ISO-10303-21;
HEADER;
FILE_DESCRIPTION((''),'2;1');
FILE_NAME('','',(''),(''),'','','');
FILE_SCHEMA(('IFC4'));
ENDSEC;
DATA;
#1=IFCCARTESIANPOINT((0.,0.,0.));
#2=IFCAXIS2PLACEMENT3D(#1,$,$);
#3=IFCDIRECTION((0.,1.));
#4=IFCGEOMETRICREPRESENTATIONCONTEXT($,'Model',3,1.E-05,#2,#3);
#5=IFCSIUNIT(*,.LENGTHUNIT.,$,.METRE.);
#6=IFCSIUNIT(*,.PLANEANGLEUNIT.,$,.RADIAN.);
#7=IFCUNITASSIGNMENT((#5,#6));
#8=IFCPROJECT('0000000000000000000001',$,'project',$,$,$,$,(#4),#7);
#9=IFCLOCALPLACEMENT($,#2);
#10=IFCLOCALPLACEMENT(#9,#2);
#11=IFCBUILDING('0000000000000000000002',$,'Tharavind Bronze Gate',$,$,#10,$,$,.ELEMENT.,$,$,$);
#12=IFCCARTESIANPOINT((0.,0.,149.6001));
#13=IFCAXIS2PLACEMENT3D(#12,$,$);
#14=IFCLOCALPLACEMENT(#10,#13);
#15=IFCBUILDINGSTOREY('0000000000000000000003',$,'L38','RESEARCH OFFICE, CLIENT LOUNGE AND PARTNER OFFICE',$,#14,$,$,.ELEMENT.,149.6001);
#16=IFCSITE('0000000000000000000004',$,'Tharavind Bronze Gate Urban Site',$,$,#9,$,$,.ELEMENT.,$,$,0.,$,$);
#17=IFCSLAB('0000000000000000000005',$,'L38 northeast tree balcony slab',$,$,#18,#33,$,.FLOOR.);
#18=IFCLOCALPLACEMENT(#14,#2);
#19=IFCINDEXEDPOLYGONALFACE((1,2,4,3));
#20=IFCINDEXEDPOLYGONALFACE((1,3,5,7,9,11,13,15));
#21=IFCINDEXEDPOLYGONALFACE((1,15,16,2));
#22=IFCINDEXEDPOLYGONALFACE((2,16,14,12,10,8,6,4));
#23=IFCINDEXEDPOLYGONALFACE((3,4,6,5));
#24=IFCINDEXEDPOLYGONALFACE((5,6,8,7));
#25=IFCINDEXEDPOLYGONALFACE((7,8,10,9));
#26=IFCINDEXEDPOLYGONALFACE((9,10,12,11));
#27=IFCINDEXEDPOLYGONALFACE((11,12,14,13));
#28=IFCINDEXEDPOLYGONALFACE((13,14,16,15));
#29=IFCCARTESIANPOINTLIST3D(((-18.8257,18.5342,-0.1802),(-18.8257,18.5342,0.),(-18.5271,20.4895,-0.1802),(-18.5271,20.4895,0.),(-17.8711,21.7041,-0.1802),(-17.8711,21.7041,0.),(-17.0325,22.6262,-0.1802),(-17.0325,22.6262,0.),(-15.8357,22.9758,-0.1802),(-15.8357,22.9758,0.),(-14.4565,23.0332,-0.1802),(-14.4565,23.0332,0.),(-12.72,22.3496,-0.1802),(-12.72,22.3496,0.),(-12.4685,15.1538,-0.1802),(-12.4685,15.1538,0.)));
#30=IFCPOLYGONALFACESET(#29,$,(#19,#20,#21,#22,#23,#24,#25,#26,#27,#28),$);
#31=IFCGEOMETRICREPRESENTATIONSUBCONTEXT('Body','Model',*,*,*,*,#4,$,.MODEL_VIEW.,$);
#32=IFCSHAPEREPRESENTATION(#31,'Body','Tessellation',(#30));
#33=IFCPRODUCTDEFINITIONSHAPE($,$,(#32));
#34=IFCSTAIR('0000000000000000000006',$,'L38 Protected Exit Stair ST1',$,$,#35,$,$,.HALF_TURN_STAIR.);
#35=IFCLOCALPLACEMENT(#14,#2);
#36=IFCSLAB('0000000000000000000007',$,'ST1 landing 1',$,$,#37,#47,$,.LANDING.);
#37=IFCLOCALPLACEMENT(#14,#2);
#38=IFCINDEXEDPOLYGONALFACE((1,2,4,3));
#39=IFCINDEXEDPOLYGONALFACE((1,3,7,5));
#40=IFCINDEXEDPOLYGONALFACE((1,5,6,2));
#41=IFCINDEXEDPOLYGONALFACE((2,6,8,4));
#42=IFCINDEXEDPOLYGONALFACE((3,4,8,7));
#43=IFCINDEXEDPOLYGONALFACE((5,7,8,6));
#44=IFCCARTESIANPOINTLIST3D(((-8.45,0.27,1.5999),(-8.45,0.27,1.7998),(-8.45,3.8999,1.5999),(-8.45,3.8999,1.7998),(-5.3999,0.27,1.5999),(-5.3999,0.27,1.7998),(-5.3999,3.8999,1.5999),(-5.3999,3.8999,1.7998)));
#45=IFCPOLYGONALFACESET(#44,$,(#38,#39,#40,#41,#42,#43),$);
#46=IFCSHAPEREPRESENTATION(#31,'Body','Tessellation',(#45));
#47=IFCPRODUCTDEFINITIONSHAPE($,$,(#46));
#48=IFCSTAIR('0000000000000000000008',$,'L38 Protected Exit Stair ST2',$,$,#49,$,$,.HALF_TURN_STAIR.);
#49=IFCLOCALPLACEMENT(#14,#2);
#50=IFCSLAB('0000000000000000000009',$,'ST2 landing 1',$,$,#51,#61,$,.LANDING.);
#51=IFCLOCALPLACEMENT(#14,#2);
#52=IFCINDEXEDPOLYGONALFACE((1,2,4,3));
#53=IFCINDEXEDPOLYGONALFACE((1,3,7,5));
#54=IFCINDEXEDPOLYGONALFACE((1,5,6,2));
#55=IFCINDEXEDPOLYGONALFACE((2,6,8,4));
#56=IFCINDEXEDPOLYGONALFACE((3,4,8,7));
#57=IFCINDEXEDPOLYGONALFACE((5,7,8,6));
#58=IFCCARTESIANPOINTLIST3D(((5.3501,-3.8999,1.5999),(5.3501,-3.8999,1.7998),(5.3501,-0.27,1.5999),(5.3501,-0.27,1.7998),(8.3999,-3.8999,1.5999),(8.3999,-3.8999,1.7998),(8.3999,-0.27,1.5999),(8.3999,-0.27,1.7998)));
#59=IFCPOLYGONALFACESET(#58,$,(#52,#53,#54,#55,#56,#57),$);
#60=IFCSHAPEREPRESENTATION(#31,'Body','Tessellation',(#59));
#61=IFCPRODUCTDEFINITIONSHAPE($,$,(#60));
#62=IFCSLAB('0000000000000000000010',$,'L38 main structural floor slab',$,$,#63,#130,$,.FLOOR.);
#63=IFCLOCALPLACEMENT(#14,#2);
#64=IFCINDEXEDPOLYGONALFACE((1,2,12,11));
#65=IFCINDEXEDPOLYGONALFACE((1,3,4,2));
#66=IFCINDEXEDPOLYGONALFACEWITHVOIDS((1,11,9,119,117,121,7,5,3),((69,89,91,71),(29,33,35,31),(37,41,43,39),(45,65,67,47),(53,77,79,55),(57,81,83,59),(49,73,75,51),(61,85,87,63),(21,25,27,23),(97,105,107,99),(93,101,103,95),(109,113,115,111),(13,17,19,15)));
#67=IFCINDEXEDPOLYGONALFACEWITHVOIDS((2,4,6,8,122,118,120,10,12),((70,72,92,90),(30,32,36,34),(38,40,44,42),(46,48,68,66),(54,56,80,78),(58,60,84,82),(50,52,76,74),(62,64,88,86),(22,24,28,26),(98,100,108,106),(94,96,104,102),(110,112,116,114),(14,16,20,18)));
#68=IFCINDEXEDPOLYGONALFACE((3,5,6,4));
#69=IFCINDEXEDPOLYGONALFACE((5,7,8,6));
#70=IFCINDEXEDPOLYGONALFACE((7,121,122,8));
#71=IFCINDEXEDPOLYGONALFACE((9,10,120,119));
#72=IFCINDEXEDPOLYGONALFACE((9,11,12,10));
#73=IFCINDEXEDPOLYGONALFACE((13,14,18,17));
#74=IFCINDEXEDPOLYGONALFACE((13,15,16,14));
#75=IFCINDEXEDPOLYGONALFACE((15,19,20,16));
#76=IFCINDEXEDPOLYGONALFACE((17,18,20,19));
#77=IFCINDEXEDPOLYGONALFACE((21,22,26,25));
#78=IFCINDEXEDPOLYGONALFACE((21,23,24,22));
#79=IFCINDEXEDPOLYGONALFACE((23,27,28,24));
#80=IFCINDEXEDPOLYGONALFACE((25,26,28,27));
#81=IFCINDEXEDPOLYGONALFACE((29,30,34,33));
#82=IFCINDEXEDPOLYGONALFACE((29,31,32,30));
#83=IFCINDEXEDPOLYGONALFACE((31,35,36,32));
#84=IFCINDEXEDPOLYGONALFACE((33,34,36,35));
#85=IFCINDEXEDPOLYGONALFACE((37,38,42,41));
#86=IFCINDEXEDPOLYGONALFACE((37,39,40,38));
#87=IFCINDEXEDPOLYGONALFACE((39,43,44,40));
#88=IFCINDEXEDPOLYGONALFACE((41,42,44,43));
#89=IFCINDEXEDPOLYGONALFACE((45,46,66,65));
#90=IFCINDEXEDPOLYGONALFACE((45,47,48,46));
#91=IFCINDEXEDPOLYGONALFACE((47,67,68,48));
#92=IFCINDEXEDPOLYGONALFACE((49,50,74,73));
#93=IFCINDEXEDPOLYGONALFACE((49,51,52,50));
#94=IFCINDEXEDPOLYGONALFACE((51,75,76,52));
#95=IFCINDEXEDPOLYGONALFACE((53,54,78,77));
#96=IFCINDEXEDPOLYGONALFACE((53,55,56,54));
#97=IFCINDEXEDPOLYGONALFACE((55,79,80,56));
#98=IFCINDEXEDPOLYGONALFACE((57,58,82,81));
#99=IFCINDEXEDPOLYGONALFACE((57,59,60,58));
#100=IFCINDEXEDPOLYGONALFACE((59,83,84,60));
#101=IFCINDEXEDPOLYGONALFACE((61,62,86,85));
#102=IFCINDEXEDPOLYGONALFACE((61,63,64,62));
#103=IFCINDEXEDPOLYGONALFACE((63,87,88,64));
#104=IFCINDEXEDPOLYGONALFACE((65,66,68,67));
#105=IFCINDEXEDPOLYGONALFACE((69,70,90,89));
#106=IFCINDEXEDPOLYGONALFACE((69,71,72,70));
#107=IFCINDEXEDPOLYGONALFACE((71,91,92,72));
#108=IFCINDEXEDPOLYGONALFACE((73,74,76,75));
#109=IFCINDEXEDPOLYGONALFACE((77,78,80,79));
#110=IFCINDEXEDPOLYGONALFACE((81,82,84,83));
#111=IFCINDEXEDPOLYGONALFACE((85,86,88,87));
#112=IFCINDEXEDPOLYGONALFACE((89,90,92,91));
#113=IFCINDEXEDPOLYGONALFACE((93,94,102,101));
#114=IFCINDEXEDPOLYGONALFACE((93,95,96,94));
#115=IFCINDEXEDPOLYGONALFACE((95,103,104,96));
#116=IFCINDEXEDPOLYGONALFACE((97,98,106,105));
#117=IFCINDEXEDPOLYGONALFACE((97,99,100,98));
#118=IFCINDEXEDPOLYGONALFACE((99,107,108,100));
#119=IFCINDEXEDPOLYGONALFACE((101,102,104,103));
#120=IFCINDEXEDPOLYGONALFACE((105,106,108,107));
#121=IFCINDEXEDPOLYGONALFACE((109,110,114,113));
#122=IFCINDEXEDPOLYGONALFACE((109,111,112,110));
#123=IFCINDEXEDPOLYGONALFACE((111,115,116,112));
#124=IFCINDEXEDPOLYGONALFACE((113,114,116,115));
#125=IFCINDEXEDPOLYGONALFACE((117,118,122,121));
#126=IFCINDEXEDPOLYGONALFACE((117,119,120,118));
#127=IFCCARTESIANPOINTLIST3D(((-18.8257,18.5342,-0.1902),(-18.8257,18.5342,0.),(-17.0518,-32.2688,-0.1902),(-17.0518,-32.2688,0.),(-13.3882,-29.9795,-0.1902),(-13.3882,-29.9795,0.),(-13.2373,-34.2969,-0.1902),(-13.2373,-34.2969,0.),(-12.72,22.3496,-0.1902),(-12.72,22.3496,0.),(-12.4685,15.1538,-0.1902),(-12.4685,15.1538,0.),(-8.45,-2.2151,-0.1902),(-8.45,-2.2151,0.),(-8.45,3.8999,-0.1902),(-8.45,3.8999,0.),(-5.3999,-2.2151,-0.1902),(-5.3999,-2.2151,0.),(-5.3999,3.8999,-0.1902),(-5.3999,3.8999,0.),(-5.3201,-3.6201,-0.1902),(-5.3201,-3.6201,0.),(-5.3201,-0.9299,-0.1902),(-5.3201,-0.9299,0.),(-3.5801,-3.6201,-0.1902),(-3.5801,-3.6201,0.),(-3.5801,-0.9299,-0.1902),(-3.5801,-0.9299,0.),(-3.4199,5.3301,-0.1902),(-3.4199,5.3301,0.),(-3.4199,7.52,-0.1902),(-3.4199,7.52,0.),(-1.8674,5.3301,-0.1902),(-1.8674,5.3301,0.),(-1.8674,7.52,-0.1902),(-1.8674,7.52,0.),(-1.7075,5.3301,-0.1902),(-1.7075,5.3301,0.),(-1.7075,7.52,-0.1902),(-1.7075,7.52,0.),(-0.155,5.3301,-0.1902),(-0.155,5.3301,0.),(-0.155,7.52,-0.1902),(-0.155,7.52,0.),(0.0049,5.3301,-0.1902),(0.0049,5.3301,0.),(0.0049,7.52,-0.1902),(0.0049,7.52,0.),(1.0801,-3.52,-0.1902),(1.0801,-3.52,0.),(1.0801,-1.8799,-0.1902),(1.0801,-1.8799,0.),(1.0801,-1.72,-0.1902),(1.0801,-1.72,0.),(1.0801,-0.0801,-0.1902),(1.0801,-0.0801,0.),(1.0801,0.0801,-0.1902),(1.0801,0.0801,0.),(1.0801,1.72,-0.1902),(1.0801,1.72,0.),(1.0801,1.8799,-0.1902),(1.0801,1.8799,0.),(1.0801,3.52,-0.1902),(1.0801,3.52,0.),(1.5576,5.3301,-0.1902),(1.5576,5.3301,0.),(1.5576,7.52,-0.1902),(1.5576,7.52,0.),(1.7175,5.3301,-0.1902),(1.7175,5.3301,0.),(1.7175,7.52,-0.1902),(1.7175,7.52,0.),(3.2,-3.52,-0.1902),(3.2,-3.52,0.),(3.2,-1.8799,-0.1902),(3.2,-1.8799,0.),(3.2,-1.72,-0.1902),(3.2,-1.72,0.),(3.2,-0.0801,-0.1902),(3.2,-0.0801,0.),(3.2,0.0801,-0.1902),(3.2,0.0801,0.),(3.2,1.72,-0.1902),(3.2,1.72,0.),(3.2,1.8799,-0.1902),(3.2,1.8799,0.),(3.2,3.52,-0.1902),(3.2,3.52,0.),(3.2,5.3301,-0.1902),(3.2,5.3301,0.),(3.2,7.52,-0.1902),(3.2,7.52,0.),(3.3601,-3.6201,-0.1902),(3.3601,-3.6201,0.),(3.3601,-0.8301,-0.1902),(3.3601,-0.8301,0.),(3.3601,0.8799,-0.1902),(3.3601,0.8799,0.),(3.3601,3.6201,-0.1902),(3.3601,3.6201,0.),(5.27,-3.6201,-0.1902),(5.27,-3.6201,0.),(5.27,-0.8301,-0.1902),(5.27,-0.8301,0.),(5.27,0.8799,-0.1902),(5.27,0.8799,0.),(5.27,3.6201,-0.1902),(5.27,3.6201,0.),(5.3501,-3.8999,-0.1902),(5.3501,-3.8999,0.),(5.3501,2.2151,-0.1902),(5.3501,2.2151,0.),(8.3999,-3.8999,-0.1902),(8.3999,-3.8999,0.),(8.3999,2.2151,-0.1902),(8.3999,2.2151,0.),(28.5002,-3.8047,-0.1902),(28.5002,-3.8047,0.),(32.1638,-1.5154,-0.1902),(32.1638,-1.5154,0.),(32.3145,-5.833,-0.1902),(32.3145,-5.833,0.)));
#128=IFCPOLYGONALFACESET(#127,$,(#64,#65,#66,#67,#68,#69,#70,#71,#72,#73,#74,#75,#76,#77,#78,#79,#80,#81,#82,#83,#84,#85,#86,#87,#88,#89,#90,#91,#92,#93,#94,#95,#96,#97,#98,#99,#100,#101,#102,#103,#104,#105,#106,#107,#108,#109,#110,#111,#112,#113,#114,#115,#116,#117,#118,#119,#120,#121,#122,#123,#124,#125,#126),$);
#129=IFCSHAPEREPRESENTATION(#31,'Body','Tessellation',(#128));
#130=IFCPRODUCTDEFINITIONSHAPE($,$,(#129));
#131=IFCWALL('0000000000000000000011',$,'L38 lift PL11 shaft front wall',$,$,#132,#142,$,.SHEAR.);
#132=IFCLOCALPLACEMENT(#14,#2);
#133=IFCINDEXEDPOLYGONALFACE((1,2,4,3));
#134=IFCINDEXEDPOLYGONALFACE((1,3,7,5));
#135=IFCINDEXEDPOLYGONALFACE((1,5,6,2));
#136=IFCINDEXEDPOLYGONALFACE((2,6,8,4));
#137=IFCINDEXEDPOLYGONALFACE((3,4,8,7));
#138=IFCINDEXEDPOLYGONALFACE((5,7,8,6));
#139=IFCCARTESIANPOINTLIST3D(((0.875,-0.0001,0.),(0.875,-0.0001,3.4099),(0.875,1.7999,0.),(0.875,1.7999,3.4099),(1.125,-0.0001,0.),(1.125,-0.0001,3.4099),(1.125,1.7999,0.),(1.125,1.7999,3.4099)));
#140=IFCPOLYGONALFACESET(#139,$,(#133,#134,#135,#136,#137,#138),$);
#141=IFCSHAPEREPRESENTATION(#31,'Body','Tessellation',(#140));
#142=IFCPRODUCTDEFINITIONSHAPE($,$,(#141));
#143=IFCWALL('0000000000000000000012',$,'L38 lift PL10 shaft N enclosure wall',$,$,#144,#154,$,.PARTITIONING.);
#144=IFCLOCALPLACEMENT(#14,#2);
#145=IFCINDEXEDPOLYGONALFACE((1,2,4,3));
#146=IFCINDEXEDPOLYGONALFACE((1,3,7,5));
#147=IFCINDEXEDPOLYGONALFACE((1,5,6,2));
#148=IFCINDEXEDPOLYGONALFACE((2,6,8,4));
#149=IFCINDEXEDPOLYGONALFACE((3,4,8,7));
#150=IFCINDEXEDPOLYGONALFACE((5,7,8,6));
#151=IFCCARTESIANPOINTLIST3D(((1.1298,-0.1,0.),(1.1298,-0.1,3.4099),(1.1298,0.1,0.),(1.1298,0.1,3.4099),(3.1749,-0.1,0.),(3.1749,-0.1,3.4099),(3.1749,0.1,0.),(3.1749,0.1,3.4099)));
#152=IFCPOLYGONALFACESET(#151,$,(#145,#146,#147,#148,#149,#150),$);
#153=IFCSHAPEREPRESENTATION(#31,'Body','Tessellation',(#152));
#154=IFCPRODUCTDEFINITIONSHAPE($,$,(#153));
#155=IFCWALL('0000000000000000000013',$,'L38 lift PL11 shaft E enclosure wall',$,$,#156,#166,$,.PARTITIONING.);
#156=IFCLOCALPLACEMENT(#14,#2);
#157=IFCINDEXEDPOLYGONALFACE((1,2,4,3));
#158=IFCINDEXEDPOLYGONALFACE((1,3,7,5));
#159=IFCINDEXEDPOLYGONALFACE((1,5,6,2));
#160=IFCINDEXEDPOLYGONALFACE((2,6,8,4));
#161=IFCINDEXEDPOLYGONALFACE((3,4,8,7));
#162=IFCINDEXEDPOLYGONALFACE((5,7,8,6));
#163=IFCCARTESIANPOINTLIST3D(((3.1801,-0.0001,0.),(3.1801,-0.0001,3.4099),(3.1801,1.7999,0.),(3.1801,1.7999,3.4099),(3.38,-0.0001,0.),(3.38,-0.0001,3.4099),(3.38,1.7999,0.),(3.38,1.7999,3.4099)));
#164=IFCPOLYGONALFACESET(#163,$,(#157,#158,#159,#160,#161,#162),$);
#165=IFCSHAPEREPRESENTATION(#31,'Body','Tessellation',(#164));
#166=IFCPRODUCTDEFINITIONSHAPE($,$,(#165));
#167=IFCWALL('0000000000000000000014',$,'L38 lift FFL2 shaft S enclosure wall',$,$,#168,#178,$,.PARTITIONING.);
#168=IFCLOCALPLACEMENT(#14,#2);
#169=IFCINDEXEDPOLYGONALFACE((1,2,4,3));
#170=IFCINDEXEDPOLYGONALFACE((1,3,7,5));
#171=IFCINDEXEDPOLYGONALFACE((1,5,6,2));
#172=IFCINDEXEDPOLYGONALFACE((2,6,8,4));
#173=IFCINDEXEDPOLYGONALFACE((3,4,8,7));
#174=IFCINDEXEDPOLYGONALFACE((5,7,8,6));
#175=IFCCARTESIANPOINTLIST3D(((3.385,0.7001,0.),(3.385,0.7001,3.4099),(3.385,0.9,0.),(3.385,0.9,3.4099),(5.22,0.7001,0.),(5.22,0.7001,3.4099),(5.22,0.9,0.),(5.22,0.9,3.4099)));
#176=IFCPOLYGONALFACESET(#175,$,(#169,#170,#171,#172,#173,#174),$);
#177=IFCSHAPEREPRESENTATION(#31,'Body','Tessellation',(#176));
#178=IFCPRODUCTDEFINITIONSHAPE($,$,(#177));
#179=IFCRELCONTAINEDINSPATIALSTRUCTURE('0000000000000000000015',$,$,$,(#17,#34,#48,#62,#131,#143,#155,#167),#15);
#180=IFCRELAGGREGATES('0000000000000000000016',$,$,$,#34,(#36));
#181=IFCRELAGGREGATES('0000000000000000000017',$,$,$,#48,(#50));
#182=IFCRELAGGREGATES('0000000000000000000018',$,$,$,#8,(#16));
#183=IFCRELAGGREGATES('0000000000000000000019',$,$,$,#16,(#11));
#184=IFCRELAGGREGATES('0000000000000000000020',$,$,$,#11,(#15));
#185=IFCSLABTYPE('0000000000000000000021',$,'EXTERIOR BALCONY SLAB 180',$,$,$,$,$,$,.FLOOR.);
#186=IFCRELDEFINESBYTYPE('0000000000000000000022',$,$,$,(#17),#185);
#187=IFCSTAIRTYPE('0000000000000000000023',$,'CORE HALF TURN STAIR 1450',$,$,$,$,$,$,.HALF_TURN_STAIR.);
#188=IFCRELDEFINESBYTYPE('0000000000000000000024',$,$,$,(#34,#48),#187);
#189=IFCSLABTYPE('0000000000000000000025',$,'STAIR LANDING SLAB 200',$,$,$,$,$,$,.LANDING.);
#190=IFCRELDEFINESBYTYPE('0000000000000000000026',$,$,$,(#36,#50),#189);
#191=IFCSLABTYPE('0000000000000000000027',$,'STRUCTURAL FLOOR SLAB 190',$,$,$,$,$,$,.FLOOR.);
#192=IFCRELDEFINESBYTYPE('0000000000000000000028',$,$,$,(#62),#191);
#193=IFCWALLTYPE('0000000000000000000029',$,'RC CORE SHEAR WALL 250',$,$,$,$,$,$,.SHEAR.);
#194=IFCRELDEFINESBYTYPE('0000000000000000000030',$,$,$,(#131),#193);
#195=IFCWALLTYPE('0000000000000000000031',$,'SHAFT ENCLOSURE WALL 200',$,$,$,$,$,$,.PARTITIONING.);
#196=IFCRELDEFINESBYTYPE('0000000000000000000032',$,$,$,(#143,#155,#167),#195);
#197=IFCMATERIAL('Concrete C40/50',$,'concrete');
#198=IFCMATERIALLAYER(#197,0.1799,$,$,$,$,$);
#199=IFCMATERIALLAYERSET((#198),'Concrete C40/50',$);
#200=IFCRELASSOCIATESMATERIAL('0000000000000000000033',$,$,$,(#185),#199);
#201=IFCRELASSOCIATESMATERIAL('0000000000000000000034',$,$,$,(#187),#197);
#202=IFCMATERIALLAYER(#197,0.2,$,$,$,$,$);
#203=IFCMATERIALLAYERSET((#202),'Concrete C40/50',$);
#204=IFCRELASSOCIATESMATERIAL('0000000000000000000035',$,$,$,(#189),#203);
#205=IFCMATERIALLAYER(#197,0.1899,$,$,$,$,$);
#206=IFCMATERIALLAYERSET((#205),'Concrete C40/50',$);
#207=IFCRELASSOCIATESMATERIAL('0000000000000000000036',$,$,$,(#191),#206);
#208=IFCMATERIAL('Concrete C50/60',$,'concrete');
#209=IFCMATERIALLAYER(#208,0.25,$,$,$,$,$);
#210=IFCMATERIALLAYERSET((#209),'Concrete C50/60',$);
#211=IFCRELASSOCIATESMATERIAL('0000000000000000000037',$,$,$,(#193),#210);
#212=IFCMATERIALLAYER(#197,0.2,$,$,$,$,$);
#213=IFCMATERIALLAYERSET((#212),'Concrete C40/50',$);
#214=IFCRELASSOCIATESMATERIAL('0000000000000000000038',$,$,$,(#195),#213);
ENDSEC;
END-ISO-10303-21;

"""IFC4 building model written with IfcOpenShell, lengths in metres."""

from ifc_helpers import new_model, si_unit, direction, frame, frame_2d, origin, place, context, subcontext, project, spatial, polyline, rectangle, outline, extrude, material, layer, layer_set, type_object, element, aggregate, save


model = new_model("IFC4")

# Units and contexts
model_context = context("Model", 3, precision=1e-05, world=origin(), true_north=direction((0.0, 1.0)))
body_context = subcontext(model_context, "Body", "Model", "MODEL_VIEW")
ifc_project = project(units=[si_unit("LENGTHUNIT", "METRE"), si_unit("PLANEANGLEUNIT", "RADIAN")], contexts=[model_context])

# Site, building, storey
site_placement = place(None, origin())
site = spatial("IfcSite", under=ifc_project, at=site_placement, Name="Tharavind Bronze Gate Urban Site", CompositionType="ELEMENT", RefElevation=0.0)
building_placement = place(site_placement, origin())
building = spatial("IfcBuilding", under=site, at=building_placement, Name="Tharavind Bronze Gate", CompositionType="ELEMENT")
storey_placement = place(building_placement, frame((0.0, 0.0, 149.6001)))
storey = spatial("IfcBuildingStorey", under=building, at=storey_placement, Name="L38", Description="RESEARCH OFFICE, CLIENT LOUNGE AND PARTNER OFFICE", CompositionType="ELEMENT", Elevation=149.6001)

# Slab
ifc_material_1 = material(Name="Concrete C40/50", Category="concrete")
ifc_layer_1 = layer(ifc_material_1, 0.1799)
ifc_layer_set_1 = layer_set([ifc_layer_1], Name="Concrete C40/50")
slab_type_1 = type_object("IfcSlabType", Name="EXTERIOR BALCONY SLAB 180", PredefinedType="FLOOR", material=ifc_layer_set_1)
slab_1_placement = place(storey_placement, frame((0.0, 0.0, -0.1802)))
element("IfcSlab", 1, at=slab_1_placement, inside=storey, type_object=slab_type_1, Name="L38 northeast tree balcony slab", PredefinedType="FLOOR", context=body_context, shape_type="SweptSolid", body=[
    extrude(outline(polyline([(-14.4565, 23.0332), (-15.8357, 22.9758), (-17.0325, 22.6262), (-17.8711, 21.7041), (-18.5271, 20.4895), (-18.8257, 18.5342), (-12.4685, 15.1538), (-12.72, 22.3496), (-14.4565, 23.0332)])), origin(), (0.0, 0.0, 1.0), 0.1802),
])

# Stairs, slabs
stair_type = type_object("IfcStairType", Name="CORE HALF TURN STAIR 1450", PredefinedType="HALF_TURN_STAIR", material=ifc_material_1)
stair_1_placement = place(storey_placement, origin())
stair_1 = element("IfcStair", 2, at=stair_1_placement, inside=storey, type_object=stair_type, Name="L38 Protected Exit Stair ST1", PredefinedType="HALF_TURN_STAIR")
ifc_layer_2 = layer(ifc_material_1, 0.2)
ifc_layer_set_2 = layer_set([ifc_layer_2], Name="Concrete C40/50")
slab_type_2 = type_object("IfcSlabType", Name="STAIR LANDING SLAB 200", PredefinedType="LANDING", material=ifc_layer_set_2)
slab_2_placement = place(storey_placement, frame((0.0, 0.0, 1.5999)))
slab_2 = element("IfcSlab", 3, at=slab_2_placement, type_object=slab_type_2, Name="ST1 landing 1", PredefinedType="LANDING", context=body_context, shape_type="SweptSolid", body=[
    extrude(outline(polyline([(-5.3999, 0.27), (-5.3999, 3.8999), (-8.45, 3.8999), (-8.45, 0.27), (-5.3999, 0.27)])), origin(), (0.0, 0.0, 1.0), 0.2),
])
aggregate(stair_1, [slab_2])
stair_2_placement = place(storey_placement, origin())
stair_2 = element("IfcStair", 4, at=stair_2_placement, inside=storey, type_object=stair_type, Name="L38 Protected Exit Stair ST2", PredefinedType="HALF_TURN_STAIR")
slab_3_placement = place(storey_placement, frame((0.0, 0.0, 1.5999)))
slab_3 = element("IfcSlab", 5, at=slab_3_placement, type_object=slab_type_2, Name="ST2 landing 1", PredefinedType="LANDING", context=body_context, shape_type="SweptSolid", body=[
    extrude(outline(polyline([(5.3501, -0.27), (5.3501, -3.8999), (8.3999, -3.8999), (8.3999, -0.27), (5.3501, -0.27)])), origin(), (0.0, 0.0, 1.0), 0.2),
])
aggregate(stair_2, [slab_3])

# Slab
ifc_layer_3 = layer(ifc_material_1, 0.1899)
ifc_layer_set_3 = layer_set([ifc_layer_3], Name="Concrete C40/50")
slab_type_3 = type_object("IfcSlabType", Name="STRUCTURAL FLOOR SLAB 190", PredefinedType="FLOOR", material=ifc_layer_set_3)
slab_4_placement = place(storey_placement, frame((0.0, 0.0, -0.1902)))
element("IfcSlab", 6, at=slab_4_placement, inside=storey, type_object=slab_type_3, Name="L38 main structural floor slab", PredefinedType="FLOOR", context=body_context, shape_type="SweptSolid", body=[
    extrude(outline(polyline([(-12.72, 22.3496), (-12.4685, 15.1538), (-18.8257, 18.5342), (-17.0518, -32.2688), (-13.3882, -29.9795), (-13.2373, -34.2969), (32.3145, -5.833), (28.5002, -3.8047), (32.1638, -1.5154), (-12.72, 22.3496)]), holes=[polyline([(-5.3999, -2.2151), (-5.3999, 3.8999), (-8.45, 3.8999), (-8.45, -2.2151), (-5.3999, -2.2151)]), polyline([(5.3501, 2.2151), (5.3501, -3.8999), (8.3999, -3.8999), (8.3999, 2.2151), (5.3501, 2.2151)]), polyline([(-3.4199, 5.3301), (-1.8674, 5.3301), (-1.8674, 7.52), (-3.4199, 7.52), (-3.4199, 5.3301)]), polyline([(-1.7075, 5.3301), (-0.155, 5.3301), (-0.155, 7.52), (-1.7075, 7.52), (-1.7075, 5.3301)]), polyline([(0.0049, 5.3301), (1.5576, 5.3301), (1.5576, 7.52), (0.0049, 7.52), (0.0049, 5.3301)]), polyline([(1.7175, 5.3301), (3.2, 5.3301), (3.2, 7.52), (1.7175, 7.52), (1.7175, 5.3301)]), polyline([(1.0801, -3.52), (3.2, -3.52), (3.2, -1.8799), (1.0801, -1.8799), (1.0801, -3.52)]), polyline([(1.0801, -1.72), (3.2, -1.72), (3.2, -0.0801), (1.0801, -0.0801), (1.0801, -1.72)]), polyline([(1.0801, 0.0801), (3.2, 0.0801), (3.2, 1.72), (1.0801, 1.72), (1.0801, 0.0801)]), polyline([(1.0801, 1.8799), (3.2, 1.8799), (3.2, 3.52), (1.0801, 3.52), (1.0801, 1.8799)]), polyline([(-5.3201, -3.6201), (-3.5801, -3.6201), (-3.5801, -0.9299), (-5.3201, -0.9299), (-5.3201, -3.6201)]), polyline([(3.3601, 0.8799), (5.27, 0.8799), (5.27, 3.6201), (3.3601, 3.6201), (3.3601, 0.8799)]), polyline([(3.3601, -3.6201), (5.27, -3.6201), (5.27, -0.8301), (3.3601, -0.8301), (3.3601, -3.6201)])]), origin(), (0.0, 0.0, 1.0), 0.1902),
])

# Walls
ifc_material_2 = material(Name="Concrete C50/60", Category="concrete")
ifc_layer_4 = layer(ifc_material_2, 0.25)
ifc_layer_set_4 = layer_set([ifc_layer_4], Name="Concrete C50/60")
wall_type_1 = type_object("IfcWallType", Name="RC CORE SHEAR WALL 250", PredefinedType="SHEAR", material=ifc_layer_set_4)
wall_1_placement = place(storey_placement, frame((1.0, 0.0, 0.0), z_axis=(0.0, 0.0, 1.0), x_axis=(0.0, 1.0, 0.0)))
element("IfcWall", 7, at=wall_1_placement, inside=storey, type_object=wall_type_1, Name="L38 lift PL11 shaft front wall", PredefinedType="SHEAR", context=body_context, shape_type="SweptSolid", body=[
    extrude(rectangle(XDim=1.8, YDim=0.25, at=frame_2d((0.8999, 0.0))), origin(), (0.0, 0.0, 1.0), 3.4099),
])
ifc_layer_5 = layer(ifc_material_1, 0.2)
ifc_layer_set_5 = layer_set([ifc_layer_5], Name="Concrete C40/50")
wall_type_2 = type_object("IfcWallType", Name="SHAFT ENCLOSURE WALL 200", PredefinedType="PARTITIONING", material=ifc_layer_set_5)
wall_2_placement = place(storey_placement, frame((1.1299, 0.0, 0.0), z_axis=(0.0, 0.0, 1.0), x_axis=(1.0, 0.0, 0.0)))
element("IfcWall", 8, at=wall_2_placement, inside=storey, type_object=wall_type_2, Name="L38 lift PL10 shaft N enclosure wall", PredefinedType="PARTITIONING", context=body_context, shape_type="SweptSolid", body=[
    extrude(rectangle(XDim=2.0452, YDim=0.2, at=frame_2d((1.0225, 0.0))), origin(), (0.0, 0.0, 1.0), 3.4099),
])
wall_3_placement = place(storey_placement, frame((3.28, 0.0, 0.0), z_axis=(0.0, 0.0, 1.0), x_axis=(0.0, 1.0, 0.0)))
element("IfcWall", 9, at=wall_3_placement, inside=storey, type_object=wall_type_2, Name="L38 lift PL11 shaft E enclosure wall", PredefinedType="PARTITIONING", context=body_context, shape_type="SweptSolid", body=[
    extrude(rectangle(XDim=1.8, YDim=0.2, at=frame_2d((0.8999, 0.0))), origin(), (0.0, 0.0, 1.0), 3.4099),
])
wall_4_placement = place(storey_placement, frame((3.385, 0.8, 0.0), z_axis=(0.0, 0.0, 1.0), x_axis=(1.0, 0.0, 0.0)))
element("IfcWall", 10, at=wall_4_placement, inside=storey, type_object=wall_type_2, Name="L38 lift FFL2 shaft S enclosure wall", PredefinedType="PARTITIONING", context=body_context, shape_type="SweptSolid", body=[
    extrude(rectangle(XDim=1.835, YDim=0.2, at=frame_2d((0.9175, 0.0))), origin(), (0.0, 0.0, 1.0), 3.4099),
])

save(model, "model.ifc")
